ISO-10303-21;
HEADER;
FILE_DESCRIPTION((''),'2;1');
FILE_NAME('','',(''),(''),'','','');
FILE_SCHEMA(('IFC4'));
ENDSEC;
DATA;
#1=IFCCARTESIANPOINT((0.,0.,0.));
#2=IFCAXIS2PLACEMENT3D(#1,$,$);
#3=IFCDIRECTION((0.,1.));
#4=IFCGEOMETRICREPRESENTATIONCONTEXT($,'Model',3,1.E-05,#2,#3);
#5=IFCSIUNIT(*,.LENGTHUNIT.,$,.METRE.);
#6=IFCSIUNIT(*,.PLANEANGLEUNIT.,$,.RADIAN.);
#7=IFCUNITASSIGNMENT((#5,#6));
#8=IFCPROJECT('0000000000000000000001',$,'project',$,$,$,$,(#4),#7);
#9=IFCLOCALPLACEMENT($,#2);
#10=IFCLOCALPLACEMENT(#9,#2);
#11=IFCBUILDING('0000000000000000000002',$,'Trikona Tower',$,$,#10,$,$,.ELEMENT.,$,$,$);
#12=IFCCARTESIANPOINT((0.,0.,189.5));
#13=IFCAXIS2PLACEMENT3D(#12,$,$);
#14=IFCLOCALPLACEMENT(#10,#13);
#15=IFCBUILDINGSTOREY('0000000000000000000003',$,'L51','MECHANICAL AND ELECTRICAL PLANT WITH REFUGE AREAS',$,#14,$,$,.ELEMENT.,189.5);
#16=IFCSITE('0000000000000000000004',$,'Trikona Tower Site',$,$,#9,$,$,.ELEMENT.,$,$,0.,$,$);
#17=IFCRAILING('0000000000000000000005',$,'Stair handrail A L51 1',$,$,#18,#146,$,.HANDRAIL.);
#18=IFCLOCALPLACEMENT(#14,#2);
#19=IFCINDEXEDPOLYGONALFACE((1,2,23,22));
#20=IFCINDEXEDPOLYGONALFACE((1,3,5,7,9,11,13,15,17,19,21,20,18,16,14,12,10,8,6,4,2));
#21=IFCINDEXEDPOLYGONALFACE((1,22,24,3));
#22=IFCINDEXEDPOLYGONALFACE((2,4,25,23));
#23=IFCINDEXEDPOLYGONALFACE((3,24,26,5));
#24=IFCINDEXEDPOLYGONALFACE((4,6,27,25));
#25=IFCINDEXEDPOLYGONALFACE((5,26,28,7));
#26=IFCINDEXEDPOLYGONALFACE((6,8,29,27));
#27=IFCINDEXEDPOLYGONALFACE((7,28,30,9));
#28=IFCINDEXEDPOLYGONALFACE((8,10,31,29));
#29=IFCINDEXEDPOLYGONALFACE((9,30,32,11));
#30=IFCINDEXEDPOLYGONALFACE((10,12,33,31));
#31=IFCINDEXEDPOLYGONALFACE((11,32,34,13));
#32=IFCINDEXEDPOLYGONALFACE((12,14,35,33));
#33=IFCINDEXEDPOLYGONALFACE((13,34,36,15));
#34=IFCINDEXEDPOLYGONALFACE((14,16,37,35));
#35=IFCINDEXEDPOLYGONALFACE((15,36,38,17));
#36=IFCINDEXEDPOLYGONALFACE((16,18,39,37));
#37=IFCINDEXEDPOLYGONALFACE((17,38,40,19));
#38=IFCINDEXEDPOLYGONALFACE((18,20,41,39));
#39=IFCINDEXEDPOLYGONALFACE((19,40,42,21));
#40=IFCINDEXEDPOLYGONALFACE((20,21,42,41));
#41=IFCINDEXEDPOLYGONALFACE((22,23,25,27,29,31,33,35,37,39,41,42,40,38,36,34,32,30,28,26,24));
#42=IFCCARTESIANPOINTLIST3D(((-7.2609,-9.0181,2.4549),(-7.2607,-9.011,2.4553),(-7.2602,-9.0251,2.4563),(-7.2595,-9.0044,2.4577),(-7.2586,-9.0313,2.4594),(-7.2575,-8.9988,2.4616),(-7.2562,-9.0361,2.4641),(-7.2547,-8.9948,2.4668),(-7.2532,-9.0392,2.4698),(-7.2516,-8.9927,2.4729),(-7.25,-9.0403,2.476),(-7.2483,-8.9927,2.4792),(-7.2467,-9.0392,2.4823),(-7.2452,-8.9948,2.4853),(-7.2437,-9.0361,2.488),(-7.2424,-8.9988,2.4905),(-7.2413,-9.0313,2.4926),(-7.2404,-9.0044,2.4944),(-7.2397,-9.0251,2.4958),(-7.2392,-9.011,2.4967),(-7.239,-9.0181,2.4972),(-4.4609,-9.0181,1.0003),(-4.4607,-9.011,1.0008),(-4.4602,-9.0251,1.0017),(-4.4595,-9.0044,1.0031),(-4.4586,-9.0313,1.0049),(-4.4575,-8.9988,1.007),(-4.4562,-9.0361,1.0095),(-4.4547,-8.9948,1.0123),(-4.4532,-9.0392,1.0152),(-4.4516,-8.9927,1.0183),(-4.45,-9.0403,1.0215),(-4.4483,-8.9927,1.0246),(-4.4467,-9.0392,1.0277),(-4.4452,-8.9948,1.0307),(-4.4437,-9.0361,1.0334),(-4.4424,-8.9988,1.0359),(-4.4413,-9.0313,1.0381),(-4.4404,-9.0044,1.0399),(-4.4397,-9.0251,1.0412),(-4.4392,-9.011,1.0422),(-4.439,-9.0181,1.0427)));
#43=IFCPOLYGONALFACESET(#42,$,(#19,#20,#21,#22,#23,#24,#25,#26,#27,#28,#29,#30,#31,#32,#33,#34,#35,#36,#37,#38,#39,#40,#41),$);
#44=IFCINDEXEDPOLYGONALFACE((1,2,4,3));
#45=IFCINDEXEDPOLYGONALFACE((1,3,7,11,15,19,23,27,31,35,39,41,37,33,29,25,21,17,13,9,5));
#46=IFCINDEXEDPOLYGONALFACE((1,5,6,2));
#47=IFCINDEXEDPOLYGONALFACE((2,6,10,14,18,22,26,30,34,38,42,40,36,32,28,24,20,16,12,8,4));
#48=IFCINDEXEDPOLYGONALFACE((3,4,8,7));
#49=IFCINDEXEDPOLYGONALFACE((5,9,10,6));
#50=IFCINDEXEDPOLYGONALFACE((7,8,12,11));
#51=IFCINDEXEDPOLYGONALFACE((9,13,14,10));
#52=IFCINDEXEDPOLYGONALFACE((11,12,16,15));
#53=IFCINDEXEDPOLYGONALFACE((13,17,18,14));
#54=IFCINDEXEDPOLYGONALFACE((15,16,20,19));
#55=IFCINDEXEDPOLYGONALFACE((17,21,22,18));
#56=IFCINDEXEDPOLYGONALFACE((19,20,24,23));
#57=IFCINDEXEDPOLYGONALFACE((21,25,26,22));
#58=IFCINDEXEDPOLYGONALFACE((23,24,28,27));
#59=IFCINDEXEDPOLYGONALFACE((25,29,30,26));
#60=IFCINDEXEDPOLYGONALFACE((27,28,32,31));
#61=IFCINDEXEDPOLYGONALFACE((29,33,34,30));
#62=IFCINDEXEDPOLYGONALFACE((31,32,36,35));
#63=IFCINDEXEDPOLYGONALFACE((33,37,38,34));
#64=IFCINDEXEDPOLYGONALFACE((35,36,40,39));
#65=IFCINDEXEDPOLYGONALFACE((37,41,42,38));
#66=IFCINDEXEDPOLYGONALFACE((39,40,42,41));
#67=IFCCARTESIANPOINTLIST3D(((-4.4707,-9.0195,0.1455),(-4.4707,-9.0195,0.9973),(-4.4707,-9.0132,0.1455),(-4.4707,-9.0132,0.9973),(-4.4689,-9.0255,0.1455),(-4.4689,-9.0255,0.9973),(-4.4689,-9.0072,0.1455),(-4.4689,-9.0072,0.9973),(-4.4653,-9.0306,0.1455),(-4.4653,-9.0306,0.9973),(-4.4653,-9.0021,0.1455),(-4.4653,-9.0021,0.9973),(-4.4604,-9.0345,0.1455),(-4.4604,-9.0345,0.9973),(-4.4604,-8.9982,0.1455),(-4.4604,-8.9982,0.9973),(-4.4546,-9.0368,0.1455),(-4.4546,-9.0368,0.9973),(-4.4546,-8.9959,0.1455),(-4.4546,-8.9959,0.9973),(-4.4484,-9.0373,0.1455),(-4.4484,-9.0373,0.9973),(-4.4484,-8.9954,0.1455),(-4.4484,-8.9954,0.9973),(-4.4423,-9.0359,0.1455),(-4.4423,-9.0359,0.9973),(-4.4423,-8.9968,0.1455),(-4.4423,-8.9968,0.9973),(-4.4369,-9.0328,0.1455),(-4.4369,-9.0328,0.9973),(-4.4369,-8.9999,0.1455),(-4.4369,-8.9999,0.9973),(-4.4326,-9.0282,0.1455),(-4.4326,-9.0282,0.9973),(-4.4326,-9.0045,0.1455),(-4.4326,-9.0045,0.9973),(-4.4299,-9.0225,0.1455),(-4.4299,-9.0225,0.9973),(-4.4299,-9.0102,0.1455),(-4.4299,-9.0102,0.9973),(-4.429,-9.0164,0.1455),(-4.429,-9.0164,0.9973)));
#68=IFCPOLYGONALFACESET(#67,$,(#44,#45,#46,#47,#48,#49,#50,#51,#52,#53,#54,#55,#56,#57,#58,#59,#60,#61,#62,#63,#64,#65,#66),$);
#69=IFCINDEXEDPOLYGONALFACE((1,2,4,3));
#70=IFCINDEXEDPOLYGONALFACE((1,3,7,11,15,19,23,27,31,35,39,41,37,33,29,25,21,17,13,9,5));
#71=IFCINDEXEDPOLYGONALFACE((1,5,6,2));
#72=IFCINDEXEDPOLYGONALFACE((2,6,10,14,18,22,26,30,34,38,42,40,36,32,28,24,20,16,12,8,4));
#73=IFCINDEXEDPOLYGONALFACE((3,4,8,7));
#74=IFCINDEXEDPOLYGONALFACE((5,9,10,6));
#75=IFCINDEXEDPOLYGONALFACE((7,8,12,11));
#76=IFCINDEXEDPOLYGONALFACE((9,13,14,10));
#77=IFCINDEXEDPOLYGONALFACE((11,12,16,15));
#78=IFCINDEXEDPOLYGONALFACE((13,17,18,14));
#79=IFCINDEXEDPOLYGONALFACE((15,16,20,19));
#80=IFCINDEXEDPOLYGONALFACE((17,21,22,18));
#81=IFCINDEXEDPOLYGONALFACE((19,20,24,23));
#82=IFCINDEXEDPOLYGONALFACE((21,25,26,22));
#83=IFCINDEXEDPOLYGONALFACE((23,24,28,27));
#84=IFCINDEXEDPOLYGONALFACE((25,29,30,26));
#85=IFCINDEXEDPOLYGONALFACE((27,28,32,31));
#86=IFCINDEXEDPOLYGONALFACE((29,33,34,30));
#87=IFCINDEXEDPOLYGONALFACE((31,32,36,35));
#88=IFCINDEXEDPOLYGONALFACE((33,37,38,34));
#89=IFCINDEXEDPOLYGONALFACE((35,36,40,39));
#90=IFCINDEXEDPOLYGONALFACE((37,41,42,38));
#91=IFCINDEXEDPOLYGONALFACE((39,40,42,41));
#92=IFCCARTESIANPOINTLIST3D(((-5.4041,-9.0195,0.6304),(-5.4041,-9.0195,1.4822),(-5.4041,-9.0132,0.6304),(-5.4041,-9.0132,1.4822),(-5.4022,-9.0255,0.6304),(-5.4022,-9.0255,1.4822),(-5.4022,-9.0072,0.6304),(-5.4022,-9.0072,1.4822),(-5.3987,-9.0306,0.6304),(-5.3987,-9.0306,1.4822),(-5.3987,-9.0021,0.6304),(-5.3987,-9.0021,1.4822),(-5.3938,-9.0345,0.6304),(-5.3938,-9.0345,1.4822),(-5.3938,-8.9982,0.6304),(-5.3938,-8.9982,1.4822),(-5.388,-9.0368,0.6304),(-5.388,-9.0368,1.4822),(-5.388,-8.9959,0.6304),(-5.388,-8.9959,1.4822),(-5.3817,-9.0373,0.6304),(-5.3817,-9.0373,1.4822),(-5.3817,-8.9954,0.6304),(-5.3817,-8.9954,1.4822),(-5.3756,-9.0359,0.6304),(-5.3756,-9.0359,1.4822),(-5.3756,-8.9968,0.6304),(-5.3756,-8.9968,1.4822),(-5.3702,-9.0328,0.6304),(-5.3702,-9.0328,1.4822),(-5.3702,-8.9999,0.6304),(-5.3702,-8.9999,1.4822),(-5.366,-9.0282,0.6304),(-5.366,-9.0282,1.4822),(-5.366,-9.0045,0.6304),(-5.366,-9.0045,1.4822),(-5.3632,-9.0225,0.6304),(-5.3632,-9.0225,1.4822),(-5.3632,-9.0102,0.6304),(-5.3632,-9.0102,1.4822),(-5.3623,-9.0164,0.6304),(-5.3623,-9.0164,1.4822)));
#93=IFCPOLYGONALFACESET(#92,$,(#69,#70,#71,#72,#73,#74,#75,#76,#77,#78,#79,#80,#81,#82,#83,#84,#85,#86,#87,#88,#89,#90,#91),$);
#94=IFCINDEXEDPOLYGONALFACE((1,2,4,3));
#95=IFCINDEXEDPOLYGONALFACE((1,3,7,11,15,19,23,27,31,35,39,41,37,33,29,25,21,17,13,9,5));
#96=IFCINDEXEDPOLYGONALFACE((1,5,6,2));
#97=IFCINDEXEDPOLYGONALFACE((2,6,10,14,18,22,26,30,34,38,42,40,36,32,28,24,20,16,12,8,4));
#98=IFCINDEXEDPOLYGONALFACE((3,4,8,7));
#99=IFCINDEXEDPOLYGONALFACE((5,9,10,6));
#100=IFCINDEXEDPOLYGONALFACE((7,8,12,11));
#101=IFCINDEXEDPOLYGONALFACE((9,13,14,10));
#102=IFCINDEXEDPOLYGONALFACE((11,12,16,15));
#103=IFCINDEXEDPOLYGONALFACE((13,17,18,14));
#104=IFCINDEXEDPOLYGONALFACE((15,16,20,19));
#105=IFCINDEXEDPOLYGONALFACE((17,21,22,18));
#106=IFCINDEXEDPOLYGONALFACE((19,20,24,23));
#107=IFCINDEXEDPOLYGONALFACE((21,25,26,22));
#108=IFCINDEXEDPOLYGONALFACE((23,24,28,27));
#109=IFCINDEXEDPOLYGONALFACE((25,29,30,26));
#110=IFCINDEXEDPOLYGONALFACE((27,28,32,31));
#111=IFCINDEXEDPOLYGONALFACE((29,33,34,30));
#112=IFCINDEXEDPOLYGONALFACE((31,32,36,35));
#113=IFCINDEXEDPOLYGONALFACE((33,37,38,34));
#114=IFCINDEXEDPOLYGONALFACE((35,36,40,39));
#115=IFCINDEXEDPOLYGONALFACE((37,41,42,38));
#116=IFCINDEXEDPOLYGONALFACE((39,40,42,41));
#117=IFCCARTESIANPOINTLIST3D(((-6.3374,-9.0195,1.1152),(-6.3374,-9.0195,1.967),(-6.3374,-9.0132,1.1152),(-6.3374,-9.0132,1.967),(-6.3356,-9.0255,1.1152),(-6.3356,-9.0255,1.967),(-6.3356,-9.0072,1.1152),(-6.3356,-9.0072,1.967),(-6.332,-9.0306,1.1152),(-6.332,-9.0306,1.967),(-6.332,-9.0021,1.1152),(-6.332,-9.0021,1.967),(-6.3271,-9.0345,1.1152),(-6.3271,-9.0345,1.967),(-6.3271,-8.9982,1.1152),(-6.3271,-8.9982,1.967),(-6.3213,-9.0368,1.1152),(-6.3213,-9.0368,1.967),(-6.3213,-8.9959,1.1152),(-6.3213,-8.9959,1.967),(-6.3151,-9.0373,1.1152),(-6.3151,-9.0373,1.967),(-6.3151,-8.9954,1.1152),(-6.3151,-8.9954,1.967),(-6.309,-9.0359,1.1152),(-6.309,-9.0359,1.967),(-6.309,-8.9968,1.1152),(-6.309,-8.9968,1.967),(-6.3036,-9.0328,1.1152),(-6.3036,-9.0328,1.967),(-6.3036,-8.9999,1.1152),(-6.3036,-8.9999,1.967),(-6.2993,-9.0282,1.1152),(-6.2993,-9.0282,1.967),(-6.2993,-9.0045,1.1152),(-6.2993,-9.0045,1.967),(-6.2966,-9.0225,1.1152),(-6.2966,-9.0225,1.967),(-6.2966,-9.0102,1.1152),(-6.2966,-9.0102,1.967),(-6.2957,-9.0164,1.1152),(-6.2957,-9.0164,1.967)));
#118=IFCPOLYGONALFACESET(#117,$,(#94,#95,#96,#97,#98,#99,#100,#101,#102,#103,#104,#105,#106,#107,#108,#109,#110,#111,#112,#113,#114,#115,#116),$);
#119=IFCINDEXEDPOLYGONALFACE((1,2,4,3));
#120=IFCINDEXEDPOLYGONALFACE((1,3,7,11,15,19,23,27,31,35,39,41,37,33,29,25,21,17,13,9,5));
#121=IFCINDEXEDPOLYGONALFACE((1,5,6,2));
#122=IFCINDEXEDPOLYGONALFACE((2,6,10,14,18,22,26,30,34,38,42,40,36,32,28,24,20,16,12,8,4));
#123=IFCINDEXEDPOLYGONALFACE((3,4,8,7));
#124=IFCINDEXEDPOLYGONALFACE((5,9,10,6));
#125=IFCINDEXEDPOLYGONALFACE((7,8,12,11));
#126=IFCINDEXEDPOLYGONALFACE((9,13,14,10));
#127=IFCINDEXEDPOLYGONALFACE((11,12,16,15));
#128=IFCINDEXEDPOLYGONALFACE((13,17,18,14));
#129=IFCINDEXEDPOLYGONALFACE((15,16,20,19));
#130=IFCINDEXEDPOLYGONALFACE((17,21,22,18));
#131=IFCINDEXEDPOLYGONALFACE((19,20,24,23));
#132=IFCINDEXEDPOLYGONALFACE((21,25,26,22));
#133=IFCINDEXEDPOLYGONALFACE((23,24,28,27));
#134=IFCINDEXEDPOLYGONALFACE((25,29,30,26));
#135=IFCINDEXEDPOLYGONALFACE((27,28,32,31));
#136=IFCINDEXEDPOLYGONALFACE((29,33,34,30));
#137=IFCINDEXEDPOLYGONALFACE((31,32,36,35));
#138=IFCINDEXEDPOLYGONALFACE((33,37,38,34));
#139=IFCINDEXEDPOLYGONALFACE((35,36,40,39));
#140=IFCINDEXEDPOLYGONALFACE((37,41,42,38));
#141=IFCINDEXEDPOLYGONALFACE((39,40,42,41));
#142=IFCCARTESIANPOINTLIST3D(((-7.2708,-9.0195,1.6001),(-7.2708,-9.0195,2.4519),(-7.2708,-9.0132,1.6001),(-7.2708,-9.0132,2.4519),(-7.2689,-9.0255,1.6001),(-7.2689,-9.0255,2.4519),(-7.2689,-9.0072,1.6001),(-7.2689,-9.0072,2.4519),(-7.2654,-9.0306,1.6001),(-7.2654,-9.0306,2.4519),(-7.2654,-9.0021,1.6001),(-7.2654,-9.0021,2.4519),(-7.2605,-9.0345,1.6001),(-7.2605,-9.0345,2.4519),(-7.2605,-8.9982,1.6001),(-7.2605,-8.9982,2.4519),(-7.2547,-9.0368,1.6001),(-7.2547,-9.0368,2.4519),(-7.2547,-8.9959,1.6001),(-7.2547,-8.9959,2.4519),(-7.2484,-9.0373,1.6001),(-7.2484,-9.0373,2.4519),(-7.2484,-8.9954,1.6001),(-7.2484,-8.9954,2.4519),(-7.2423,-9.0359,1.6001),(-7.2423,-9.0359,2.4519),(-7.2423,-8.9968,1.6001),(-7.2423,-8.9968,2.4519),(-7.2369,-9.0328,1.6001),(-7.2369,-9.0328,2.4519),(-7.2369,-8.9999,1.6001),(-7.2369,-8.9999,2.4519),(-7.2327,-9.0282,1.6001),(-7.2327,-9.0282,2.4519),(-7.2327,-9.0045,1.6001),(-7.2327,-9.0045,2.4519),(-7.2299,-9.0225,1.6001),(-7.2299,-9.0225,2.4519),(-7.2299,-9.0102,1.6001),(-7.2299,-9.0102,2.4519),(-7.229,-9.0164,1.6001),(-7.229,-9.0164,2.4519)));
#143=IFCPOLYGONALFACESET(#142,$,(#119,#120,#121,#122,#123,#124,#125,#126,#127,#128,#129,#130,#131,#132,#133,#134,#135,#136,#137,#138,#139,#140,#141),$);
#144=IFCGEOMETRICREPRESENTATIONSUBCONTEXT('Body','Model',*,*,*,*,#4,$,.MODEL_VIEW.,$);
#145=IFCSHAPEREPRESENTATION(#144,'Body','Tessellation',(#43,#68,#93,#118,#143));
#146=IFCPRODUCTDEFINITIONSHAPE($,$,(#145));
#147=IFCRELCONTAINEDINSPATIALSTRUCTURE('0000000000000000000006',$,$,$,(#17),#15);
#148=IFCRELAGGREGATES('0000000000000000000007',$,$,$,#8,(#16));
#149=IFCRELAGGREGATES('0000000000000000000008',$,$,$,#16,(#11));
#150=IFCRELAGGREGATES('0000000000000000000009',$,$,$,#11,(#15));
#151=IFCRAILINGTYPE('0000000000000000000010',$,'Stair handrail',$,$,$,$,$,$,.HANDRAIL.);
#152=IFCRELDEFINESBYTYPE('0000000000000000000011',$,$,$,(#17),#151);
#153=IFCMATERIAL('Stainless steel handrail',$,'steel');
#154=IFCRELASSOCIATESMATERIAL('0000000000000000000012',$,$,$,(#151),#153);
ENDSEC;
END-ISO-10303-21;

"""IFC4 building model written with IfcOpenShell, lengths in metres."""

from ifc_helpers import new_model, si_unit, direction, frame, origin, origin_2d, place, context, subcontext, project, spatial, circle, extrude, material, type_object, element, save


model = new_model("IFC4")

# Units and contexts
model_context = context("Model", 3, precision=1e-05, world=origin(), true_north=direction((0.0, 1.0)))
body_context = subcontext(model_context, "Body", "Model", "MODEL_VIEW")
ifc_project = project(units=[si_unit("LENGTHUNIT", "METRE"), si_unit("PLANEANGLEUNIT", "RADIAN")], contexts=[model_context])

# Site, building, storey
site_placement = place(None, origin())
site = spatial("IfcSite", under=ifc_project, at=site_placement, Name="Trikona Tower Site", CompositionType="ELEMENT", RefElevation=0.0)
building_placement = place(site_placement, origin())
building = spatial("IfcBuilding", under=site, at=building_placement, Name="Trikona Tower", CompositionType="ELEMENT")
storey_placement = place(building_placement, frame((0.0, 0.0, 189.5)))
storey = spatial("IfcBuildingStorey", under=building, at=storey_placement, Name="L51", Description="MECHANICAL AND ELECTRICAL PLANT WITH REFUGE AREAS", CompositionType="ELEMENT", Elevation=189.5)

# Railing
ifc_material_1 = material(Name="Stainless steel handrail", Category="steel")
railing_type = type_object("IfcRailingType", Name="Stair handrail", PredefinedType="HANDRAIL", material=ifc_material_1)
railing_1_placement = place(storey_placement, frame((-4.45, -9.0164, 0.1455)))
element("IfcRailing", 1, at=railing_1_placement, inside=storey, type_object=railing_type, Name="Stair handrail A L51 1", PredefinedType="HANDRAIL", context=body_context, shape_type="SweptSolid", body=[
    extrude(circle(Radius=0.0239, at=origin_2d()), frame((0.0, 0.0, 0.876), z_axis=(-0.887403, 0.0, 0.460995), x_axis=(0.0, -1.0, 0.0)), (0.0, 0.0, 1.0), 3.1553),
    extrude(circle(Radius=0.021, at=origin_2d()), origin(), (0.0, 0.0, 1.0), 0.8518),
    extrude(circle(Radius=0.021, at=origin_2d()), frame((-0.9333, 0.0, 0.4849)), (0.0, 0.0, 1.0), 0.8518),
    extrude(circle(Radius=0.021, at=origin_2d()), frame((-1.8667, 0.0, 0.9697)), (0.0, 0.0, 1.0), 0.8518),
    extrude(circle(Radius=0.021, at=origin_2d()), frame((-2.8, 0.0, 1.4546)), (0.0, 0.0, 1.0), 0.8518),
])

save(model, "model.ifc")
